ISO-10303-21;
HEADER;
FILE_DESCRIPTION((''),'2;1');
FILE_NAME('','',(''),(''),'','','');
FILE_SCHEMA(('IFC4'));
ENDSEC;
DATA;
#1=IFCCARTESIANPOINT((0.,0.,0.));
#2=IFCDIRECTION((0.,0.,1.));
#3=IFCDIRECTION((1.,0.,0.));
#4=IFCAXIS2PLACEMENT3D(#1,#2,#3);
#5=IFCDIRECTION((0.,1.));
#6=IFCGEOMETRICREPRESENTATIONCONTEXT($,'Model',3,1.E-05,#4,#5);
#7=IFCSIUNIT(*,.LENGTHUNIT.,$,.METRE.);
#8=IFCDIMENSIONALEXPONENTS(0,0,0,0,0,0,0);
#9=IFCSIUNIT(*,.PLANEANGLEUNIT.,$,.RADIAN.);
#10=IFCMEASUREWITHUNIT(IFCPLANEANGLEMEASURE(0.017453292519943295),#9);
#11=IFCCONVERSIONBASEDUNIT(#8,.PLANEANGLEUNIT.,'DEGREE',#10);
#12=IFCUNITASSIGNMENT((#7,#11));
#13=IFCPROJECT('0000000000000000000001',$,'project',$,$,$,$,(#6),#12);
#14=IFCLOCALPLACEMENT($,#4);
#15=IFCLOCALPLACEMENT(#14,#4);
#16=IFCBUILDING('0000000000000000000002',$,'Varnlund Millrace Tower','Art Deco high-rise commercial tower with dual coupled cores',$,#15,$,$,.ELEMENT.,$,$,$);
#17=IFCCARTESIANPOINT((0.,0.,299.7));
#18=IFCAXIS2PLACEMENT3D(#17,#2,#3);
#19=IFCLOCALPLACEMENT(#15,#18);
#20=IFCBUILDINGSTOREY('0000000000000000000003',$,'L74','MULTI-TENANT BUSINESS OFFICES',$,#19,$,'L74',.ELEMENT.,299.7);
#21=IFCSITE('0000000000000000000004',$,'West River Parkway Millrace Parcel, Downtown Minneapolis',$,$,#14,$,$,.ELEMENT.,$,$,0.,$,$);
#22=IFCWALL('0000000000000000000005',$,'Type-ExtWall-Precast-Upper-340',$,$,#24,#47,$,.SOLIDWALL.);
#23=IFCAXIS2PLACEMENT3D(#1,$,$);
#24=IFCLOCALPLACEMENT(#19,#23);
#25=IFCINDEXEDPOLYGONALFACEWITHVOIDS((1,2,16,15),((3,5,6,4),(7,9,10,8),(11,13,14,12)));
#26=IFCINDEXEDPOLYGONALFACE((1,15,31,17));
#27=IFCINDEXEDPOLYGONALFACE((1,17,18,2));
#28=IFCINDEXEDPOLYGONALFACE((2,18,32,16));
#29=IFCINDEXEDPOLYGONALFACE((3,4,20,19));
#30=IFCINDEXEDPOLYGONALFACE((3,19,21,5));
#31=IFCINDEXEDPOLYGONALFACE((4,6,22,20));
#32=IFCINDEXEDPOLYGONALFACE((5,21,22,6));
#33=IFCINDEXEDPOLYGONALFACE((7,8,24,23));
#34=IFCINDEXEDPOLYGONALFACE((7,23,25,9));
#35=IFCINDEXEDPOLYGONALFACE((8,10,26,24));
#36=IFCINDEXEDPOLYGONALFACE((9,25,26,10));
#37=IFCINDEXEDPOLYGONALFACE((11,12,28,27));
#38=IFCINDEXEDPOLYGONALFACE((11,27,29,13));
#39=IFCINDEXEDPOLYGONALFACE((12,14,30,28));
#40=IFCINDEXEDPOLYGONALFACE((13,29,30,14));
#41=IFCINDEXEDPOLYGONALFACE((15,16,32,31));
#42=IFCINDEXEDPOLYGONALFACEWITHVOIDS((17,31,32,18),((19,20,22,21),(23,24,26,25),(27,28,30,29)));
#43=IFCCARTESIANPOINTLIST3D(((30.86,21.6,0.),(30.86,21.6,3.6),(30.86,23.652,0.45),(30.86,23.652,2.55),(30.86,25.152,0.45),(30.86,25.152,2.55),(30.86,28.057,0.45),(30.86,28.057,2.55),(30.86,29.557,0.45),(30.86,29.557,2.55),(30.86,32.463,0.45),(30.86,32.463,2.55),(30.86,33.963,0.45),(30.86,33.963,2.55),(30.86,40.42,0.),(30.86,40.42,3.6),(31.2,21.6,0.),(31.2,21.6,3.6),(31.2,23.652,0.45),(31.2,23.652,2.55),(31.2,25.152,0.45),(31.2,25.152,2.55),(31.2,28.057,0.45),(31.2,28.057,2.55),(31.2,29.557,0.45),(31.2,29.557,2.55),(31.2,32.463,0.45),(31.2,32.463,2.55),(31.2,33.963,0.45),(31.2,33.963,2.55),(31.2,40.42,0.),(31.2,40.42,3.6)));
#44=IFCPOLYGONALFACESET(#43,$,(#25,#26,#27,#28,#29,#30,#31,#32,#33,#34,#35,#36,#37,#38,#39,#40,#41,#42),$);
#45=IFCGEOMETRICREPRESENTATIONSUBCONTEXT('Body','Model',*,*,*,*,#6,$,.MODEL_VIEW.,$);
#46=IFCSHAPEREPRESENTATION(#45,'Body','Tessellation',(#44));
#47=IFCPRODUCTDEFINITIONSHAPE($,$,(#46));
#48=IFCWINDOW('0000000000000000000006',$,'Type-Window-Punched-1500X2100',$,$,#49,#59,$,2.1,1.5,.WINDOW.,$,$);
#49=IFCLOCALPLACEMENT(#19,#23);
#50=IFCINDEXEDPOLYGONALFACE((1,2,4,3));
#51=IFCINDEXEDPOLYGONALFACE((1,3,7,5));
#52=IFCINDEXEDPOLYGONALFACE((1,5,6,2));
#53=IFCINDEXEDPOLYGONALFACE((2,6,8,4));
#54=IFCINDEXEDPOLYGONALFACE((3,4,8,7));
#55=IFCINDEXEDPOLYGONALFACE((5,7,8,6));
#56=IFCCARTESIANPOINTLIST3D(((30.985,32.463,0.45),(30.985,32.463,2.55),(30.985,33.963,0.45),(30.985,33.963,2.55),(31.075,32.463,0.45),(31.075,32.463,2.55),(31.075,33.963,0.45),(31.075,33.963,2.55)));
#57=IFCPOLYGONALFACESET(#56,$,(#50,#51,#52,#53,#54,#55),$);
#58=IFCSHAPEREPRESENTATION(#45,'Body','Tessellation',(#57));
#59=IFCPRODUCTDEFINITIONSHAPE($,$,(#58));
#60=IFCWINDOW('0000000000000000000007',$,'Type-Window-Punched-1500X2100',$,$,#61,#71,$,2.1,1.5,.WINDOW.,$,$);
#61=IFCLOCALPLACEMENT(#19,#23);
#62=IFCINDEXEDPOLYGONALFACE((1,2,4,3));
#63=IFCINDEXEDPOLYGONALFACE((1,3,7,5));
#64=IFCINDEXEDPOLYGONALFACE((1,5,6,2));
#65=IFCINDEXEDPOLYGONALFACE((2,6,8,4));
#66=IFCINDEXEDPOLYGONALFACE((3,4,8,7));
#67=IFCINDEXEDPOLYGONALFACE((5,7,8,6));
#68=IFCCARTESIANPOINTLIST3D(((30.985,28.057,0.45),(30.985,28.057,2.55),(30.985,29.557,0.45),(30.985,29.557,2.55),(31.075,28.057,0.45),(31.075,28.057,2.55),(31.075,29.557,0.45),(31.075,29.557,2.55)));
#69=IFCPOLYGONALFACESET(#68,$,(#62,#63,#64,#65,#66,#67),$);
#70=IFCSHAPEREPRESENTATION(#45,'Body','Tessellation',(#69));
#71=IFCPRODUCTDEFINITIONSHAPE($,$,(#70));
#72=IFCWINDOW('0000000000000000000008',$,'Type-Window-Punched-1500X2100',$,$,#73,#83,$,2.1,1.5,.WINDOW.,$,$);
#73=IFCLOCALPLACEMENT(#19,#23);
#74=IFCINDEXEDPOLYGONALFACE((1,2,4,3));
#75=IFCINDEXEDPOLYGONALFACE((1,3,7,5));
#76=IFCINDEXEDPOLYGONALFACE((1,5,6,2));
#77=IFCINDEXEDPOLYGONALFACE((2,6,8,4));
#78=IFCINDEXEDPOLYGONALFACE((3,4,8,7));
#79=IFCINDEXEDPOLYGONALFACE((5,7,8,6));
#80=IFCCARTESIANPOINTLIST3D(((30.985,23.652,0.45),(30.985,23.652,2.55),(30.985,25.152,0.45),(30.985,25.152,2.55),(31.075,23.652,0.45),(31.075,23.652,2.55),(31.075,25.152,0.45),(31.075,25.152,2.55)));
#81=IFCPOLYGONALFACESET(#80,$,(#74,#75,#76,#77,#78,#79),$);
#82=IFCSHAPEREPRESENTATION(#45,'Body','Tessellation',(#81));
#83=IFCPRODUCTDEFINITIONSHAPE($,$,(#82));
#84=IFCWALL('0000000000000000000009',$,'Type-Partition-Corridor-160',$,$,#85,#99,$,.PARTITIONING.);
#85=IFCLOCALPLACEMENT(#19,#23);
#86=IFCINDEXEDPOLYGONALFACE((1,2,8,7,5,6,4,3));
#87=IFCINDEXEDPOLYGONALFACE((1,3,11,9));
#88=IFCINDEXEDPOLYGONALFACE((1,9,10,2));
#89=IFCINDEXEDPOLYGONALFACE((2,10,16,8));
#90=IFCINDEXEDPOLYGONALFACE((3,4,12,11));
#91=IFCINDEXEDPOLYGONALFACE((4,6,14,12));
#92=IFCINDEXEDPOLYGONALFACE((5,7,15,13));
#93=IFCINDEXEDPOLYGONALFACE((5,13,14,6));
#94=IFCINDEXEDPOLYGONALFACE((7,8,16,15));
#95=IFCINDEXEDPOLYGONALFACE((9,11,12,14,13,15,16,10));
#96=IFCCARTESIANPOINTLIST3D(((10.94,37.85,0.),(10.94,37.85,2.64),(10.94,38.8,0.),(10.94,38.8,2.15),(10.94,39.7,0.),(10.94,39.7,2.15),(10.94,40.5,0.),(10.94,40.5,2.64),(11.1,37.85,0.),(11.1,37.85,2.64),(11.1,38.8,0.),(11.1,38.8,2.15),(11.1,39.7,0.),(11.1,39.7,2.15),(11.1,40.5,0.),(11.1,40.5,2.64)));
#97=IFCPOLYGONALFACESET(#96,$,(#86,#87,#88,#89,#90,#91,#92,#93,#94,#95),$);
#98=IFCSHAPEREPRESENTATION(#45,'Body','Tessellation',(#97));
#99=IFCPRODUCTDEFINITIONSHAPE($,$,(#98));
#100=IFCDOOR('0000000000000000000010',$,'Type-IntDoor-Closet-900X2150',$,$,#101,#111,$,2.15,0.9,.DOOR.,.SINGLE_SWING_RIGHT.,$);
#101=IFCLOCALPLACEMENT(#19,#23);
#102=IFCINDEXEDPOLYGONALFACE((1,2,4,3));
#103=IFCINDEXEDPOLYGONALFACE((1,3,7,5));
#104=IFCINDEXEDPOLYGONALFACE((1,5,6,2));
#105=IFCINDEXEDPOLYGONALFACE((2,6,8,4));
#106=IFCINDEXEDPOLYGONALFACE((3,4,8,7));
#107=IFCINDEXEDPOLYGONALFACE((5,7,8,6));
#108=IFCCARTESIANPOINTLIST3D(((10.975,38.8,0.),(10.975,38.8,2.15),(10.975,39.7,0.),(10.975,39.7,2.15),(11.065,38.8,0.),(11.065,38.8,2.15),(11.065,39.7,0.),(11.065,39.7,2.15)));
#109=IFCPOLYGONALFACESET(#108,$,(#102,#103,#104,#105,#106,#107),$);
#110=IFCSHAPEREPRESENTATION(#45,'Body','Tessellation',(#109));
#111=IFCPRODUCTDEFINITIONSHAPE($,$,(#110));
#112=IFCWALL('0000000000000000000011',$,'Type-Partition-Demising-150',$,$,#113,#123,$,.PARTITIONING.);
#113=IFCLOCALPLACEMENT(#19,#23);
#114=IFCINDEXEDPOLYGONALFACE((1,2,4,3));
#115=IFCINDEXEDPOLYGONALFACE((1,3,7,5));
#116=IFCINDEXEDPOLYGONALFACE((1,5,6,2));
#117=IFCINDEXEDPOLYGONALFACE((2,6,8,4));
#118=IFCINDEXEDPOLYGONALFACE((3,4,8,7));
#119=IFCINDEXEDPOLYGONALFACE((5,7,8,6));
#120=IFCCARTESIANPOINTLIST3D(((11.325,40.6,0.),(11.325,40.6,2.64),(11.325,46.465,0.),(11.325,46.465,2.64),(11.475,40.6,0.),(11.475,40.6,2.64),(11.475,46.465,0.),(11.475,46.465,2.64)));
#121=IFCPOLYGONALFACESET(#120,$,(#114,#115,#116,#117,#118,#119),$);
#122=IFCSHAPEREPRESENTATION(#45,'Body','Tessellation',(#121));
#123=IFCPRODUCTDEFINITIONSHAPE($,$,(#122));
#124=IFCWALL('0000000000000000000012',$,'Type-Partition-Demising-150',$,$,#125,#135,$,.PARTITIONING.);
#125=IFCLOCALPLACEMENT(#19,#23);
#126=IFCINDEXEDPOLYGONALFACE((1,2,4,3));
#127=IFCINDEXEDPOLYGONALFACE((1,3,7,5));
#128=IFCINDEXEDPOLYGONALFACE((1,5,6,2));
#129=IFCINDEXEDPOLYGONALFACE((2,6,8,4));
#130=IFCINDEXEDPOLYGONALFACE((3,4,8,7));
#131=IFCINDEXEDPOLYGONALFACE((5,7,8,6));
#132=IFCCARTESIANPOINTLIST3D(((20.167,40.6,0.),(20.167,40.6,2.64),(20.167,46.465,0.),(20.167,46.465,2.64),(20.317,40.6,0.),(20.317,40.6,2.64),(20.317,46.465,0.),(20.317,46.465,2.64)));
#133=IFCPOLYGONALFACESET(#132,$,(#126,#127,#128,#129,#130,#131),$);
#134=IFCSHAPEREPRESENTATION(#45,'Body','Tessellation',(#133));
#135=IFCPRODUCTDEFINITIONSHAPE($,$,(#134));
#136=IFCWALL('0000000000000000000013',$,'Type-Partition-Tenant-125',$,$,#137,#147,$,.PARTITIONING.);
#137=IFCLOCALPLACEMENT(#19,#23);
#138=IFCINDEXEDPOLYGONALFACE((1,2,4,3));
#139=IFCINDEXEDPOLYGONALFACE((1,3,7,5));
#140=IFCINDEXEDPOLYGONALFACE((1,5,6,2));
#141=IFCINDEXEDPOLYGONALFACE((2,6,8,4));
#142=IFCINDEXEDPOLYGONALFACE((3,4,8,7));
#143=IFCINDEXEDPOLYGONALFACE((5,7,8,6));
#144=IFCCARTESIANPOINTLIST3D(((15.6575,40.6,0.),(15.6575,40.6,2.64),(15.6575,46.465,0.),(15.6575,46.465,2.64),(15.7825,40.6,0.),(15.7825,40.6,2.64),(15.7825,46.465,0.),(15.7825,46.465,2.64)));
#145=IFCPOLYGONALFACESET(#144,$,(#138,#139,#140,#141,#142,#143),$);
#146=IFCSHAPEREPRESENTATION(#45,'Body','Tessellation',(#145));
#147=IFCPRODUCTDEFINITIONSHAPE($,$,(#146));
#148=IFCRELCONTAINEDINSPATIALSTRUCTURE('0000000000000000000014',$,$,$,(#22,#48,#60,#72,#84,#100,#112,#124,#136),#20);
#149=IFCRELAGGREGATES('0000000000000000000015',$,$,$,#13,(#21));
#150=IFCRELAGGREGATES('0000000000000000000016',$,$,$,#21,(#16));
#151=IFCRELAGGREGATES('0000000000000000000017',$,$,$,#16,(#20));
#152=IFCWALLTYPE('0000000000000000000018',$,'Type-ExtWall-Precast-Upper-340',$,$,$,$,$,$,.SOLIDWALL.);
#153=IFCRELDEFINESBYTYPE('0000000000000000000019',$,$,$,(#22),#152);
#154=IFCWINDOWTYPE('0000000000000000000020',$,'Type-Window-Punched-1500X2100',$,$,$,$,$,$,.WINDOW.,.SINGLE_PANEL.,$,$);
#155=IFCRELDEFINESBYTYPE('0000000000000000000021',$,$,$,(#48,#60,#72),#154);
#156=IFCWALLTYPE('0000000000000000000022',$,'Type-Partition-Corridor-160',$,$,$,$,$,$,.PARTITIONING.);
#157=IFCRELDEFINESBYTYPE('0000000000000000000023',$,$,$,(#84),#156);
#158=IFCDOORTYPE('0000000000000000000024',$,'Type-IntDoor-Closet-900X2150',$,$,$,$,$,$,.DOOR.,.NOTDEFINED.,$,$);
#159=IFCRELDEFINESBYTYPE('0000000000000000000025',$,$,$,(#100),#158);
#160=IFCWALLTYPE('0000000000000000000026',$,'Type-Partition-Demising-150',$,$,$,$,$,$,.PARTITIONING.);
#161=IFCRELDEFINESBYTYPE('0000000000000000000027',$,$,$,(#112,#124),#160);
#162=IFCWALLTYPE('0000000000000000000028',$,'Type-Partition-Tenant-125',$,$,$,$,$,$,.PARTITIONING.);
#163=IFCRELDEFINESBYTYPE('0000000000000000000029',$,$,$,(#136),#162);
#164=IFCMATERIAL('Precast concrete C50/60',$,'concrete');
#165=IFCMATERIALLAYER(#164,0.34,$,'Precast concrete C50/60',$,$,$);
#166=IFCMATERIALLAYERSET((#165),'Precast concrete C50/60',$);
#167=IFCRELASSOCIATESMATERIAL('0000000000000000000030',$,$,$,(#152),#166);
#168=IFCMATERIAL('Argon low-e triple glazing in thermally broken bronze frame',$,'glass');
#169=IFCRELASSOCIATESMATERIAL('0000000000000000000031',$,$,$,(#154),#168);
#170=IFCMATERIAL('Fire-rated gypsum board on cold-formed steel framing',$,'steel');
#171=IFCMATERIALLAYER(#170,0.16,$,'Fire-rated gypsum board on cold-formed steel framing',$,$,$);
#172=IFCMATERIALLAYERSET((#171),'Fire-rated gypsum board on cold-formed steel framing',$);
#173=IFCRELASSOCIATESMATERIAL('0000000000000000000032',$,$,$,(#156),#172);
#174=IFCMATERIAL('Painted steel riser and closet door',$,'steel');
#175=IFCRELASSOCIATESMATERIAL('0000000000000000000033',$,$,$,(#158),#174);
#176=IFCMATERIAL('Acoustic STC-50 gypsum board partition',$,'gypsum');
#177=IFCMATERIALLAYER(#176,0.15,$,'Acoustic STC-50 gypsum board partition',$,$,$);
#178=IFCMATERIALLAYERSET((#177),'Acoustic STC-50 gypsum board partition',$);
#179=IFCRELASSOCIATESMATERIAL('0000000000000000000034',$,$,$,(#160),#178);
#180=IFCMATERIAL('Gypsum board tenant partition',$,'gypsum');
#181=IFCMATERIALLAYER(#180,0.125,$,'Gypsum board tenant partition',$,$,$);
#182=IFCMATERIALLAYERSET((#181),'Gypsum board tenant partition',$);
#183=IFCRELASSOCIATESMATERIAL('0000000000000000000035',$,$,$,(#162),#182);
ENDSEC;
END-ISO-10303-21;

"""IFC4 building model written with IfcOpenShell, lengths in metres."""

from ifc_helpers import new_model, entity, si_unit, converted_unit, direction, frame, origin_with_axes, origin_2d_with_axis, place, context, subcontext, project, spatial, polyline, rectangle, outline, extrude, material, layer, layer_set, type_object, element, fill, save


model = new_model("IFC4")

# Units and contexts
model_context = context("Model", 3, precision=1e-05, world=origin_with_axes(), true_north=direction((0.0, 1.0)))
body_context = subcontext(model_context, "Body", "Model", "MODEL_VIEW")
ifc_project = project(units=[si_unit("LENGTHUNIT", "METRE"), converted_unit("PLANEANGLEUNIT", "DEGREE", entity("IfcPlaneAngleMeasure", 0.017453292519943295), si_unit("PLANEANGLEUNIT", "RADIAN"), dimensions=[0, 0, 0, 0, 0, 0, 0])], contexts=[model_context])

# Site, building, storey
site_placement = place(None, origin_with_axes())
site = spatial("IfcSite", under=ifc_project, at=site_placement, Name="West River Parkway Millrace Parcel, Downtown Minneapolis", CompositionType="ELEMENT", RefElevation=0.0)
building_placement = place(site_placement, origin_with_axes())
building = spatial("IfcBuilding", under=site, at=building_placement, Name="Varnlund Millrace Tower", Description="Art Deco high-rise commercial tower with dual coupled cores", CompositionType="ELEMENT")
storey_placement = place(building_placement, frame((0.0, 0.0, 299.7), z_axis=(0.0, 0.0, 1.0), x_axis=(1.0, 0.0, 0.0)))
storey = spatial("IfcBuildingStorey", under=building, at=storey_placement, Name="L74", Description="MULTI-TENANT BUSINESS OFFICES", LongName="L74", CompositionType="ELEMENT", Elevation=299.7)

# Shared definitions
ifc_material_1 = material(Name="Precast concrete C50/60", Category="concrete")
ifc_layer_1 = layer(ifc_material_1, 0.34, Name="Precast concrete C50/60")
ifc_layer_set_1 = layer_set([ifc_layer_1], Name="Precast concrete C50/60")
wall_type_1 = type_object("IfcWallType", Name="Type-ExtWall-Precast-Upper-340", PredefinedType="SOLIDWALL", material=ifc_layer_set_1)

# Shared definitions
ifc_material_2 = material(Name="Argon low-e triple glazing in thermally broken bronze frame", Category="glass")
window_type = type_object("IfcWindowType", Name="Type-Window-Punched-1500X2100", PartitioningType="SINGLE_PANEL", PredefinedType="WINDOW", material=ifc_material_2)

# Wall, openings, windows
wall_1_placement = place(storey_placement, frame((31.03, 40.42, 0.0), z_axis=(0.0, 0.0, 1.0), x_axis=(0.0, -1.0, 0.0)))
wall_1 = element("IfcWall", 1, at=wall_1_placement, inside=storey, type_object=wall_type_1, Name="Type-ExtWall-Precast-Upper-340", PredefinedType="SOLIDWALL", context=body_context, shape_type="SweptSolid", body=[
    extrude(outline(polyline([(0.0, -0.17), (18.82, -0.17), (18.82, 0.17), (0.0, 0.17), (0.0, -0.17)])), origin_with_axes(), (0.0, 0.0, 1.0), 3.6),
])
opening_1_placement = place(wall_1_placement, frame((7.207, 0.0, 0.45), z_axis=(0.0, 0.0, 1.0), x_axis=(1.0, 0.0, 0.0)))
opening_1 = element("IfcOpeningElement", 2, at=opening_1_placement, cuts=wall_1, PredefinedType="OPENING", context=body_context, shape_type="SweptSolid", body=[
    extrude(rectangle(XDim=1.5, YDim=0.36, at=origin_2d_with_axis()), origin_with_axes(), (0.0, 0.0, 1.0), 2.1),
])
opening_2_placement = place(wall_1_placement, frame((11.613, 0.0, 0.45), z_axis=(0.0, 0.0, 1.0), x_axis=(1.0, 0.0, 0.0)))
opening_2 = element("IfcOpeningElement", 3, at=opening_2_placement, cuts=wall_1, PredefinedType="OPENING", context=body_context, shape_type="SweptSolid", body=[
    extrude(rectangle(XDim=1.5, YDim=0.36, at=origin_2d_with_axis()), origin_with_axes(), (0.0, 0.0, 1.0), 2.1),
])
opening_3_placement = place(wall_1_placement, frame((16.018, 0.0, 0.45), z_axis=(0.0, 0.0, 1.0), x_axis=(1.0, 0.0, 0.0)))
opening_3 = element("IfcOpeningElement", 4, at=opening_3_placement, cuts=wall_1, PredefinedType="OPENING", context=body_context, shape_type="SweptSolid", body=[
    extrude(rectangle(XDim=1.5, YDim=0.36, at=origin_2d_with_axis()), origin_with_axes(), (0.0, 0.0, 1.0), 2.1),
])
window_1_placement = place(wall_1_placement, frame((7.207, 0.0, 0.45), z_axis=(0.0, 0.0, 1.0), x_axis=(1.0, 0.0, 0.0)))
window_1 = element("IfcWindow", 5, at=window_1_placement, inside=storey, type_object=window_type, Name="Type-Window-Punched-1500X2100", OverallHeight=2.1, OverallWidth=1.5, PredefinedType="WINDOW", context=body_context, shape_type="SweptSolid", body=[
    extrude(rectangle(XDim=1.5, YDim=0.09, at=origin_2d_with_axis()), origin_with_axes(), (0.0, 0.0, 1.0), 2.1),
])
fill(opening_1, window_1)
window_2_placement = place(wall_1_placement, frame((11.613, 0.0, 0.45), z_axis=(0.0, 0.0, 1.0), x_axis=(1.0, 0.0, 0.0)))
window_2 = element("IfcWindow", 6, at=window_2_placement, inside=storey, type_object=window_type, Name="Type-Window-Punched-1500X2100", OverallHeight=2.1, OverallWidth=1.5, PredefinedType="WINDOW", context=body_context, shape_type="SweptSolid", body=[
    extrude(rectangle(XDim=1.5, YDim=0.09, at=origin_2d_with_axis()), origin_with_axes(), (0.0, 0.0, 1.0), 2.1),
])
fill(opening_2, window_2)
window_3_placement = place(wall_1_placement, frame((16.018, 0.0, 0.45), z_axis=(0.0, 0.0, 1.0), x_axis=(1.0, 0.0, 0.0)))
window_3 = element("IfcWindow", 7, at=window_3_placement, inside=storey, type_object=window_type, Name="Type-Window-Punched-1500X2100", OverallHeight=2.1, OverallWidth=1.5, PredefinedType="WINDOW", context=body_context, shape_type="SweptSolid", body=[
    extrude(rectangle(XDim=1.5, YDim=0.09, at=origin_2d_with_axis()), origin_with_axes(), (0.0, 0.0, 1.0), 2.1),
])
fill(opening_3, window_3)

# Shared definitions
ifc_material_3 = material(Name="Fire-rated gypsum board on cold-formed steel framing", Category="steel")
ifc_layer_2 = layer(ifc_material_3, 0.16, Name="Fire-rated gypsum board on cold-formed steel framing")
ifc_layer_set_2 = layer_set([ifc_layer_2], Name="Fire-rated gypsum board on cold-formed steel framing")
wall_type_2 = type_object("IfcWallType", Name="Type-Partition-Corridor-160", PredefinedType="PARTITIONING", material=ifc_layer_set_2)
ifc_material_4 = material(Name="Painted steel riser and closet door", Category="steel")
door_type_1 = type_object("IfcDoorType", Name="Type-IntDoor-Closet-900X2150", OperationType="NOTDEFINED", PredefinedType="DOOR", material=ifc_material_4)

# Wall, opening, door
wall_2_placement = place(storey_placement, frame((11.02, 37.85, 0.0), z_axis=(0.0, 0.0, 1.0), x_axis=(0.0, 1.0, 0.0)))
wall_2 = element("IfcWall", 8, at=wall_2_placement, inside=storey, type_object=wall_type_2, Name="Type-Partition-Corridor-160", PredefinedType="PARTITIONING", context=body_context, shape_type="SweptSolid", body=[
    extrude(outline(polyline([(0.0, -0.08), (2.65, -0.08), (2.65, 0.08), (0.0, 0.08), (0.0, -0.08)])), origin_with_axes(), (0.0, 0.0, 1.0), 2.64),
])
opening_4_placement = place(wall_2_placement, frame((1.4, 0.0, 0.0), z_axis=(0.0, 0.0, 1.0), x_axis=(1.0, 0.0, 0.0)))
opening_4 = element("IfcOpeningElement", 9, at=opening_4_placement, cuts=wall_2, PredefinedType="OPENING", context=body_context, shape_type="SweptSolid", body=[
    extrude(rectangle(XDim=0.9, YDim=0.18, at=origin_2d_with_axis()), origin_with_axes(), (0.0, 0.0, 1.0), 2.15),
])
door_1_placement = place(wall_2_placement, frame((1.4, 0.0, 0.0), z_axis=(0.0, 0.0, 1.0), x_axis=(1.0, 0.0, 0.0)))
door_1 = element("IfcDoor", 10, at=door_1_placement, inside=storey, type_object=door_type_1, Name="Type-IntDoor-Closet-900X2150", OperationType="SINGLE_SWING_RIGHT", OverallHeight=2.15, OverallWidth=0.9, PredefinedType="DOOR", context=body_context, shape_type="SweptSolid", body=[
    extrude(rectangle(XDim=0.9, YDim=0.09, at=origin_2d_with_axis()), origin_with_axes(), (0.0, 0.0, 1.0), 2.15),
])
fill(opening_4, door_1)

# Walls
ifc_material_5 = material(Name="Acoustic STC-50 gypsum board partition", Category="gypsum")
ifc_layer_3 = layer(ifc_material_5, 0.15, Name="Acoustic STC-50 gypsum board partition")
ifc_layer_set_3 = layer_set([ifc_layer_3], Name="Acoustic STC-50 gypsum board partition")
wall_type_3 = type_object("IfcWallType", Name="Type-Partition-Demising-150", PredefinedType="PARTITIONING", material=ifc_layer_set_3)
for number, where, z_axis, x_axis, name in (
    (11, (11.4, 40.6, 0.0), (0.0, 0.0, 1.0), (0.0, 1.0, 0.0), "Type-Partition-Demising-150"),
    (12, (20.242, 40.6, 0.0), (0.0, 0.0, 1.0), (0.0, 1.0, 0.0), "Type-Partition-Demising-150"),
):
    element("IfcWall", number, at=place(storey_placement, frame(where, z_axis=z_axis, x_axis=x_axis)), inside=storey, type_object=wall_type_3, Name=name, PredefinedType="PARTITIONING", context=body_context, shape_type="SweptSolid", body=[
        extrude(outline(polyline([(0.0, -0.075), (5.865, -0.075), (5.865, 0.075), (0.0, 0.075), (0.0, -0.075)])), origin_with_axes(), (0.0, 0.0, 1.0), 2.64),
    ])
ifc_material_6 = material(Name="Gypsum board tenant partition", Category="gypsum")
ifc_layer_4 = layer(ifc_material_6, 0.125, Name="Gypsum board tenant partition")
ifc_layer_set_4 = layer_set([ifc_layer_4], Name="Gypsum board tenant partition")
wall_type_4 = type_object("IfcWallType", Name="Type-Partition-Tenant-125", PredefinedType="PARTITIONING", material=ifc_layer_set_4)
wall_3_placement = place(storey_placement, frame((15.72, 40.6, 0.0), z_axis=(0.0, 0.0, 1.0), x_axis=(0.0, 1.0, 0.0)))
element("IfcWall", 13, at=wall_3_placement, inside=storey, type_object=wall_type_4, Name="Type-Partition-Tenant-125", PredefinedType="PARTITIONING", context=body_context, shape_type="SweptSolid", body=[
    extrude(outline(polyline([(0.0, -0.0625), (5.865, -0.0625), (5.865, 0.0625), (0.0, 0.0625), (0.0, -0.0625)])), origin_with_axes(), (0.0, 0.0, 1.0), 2.64),
])

save(model, "model.ifc")
